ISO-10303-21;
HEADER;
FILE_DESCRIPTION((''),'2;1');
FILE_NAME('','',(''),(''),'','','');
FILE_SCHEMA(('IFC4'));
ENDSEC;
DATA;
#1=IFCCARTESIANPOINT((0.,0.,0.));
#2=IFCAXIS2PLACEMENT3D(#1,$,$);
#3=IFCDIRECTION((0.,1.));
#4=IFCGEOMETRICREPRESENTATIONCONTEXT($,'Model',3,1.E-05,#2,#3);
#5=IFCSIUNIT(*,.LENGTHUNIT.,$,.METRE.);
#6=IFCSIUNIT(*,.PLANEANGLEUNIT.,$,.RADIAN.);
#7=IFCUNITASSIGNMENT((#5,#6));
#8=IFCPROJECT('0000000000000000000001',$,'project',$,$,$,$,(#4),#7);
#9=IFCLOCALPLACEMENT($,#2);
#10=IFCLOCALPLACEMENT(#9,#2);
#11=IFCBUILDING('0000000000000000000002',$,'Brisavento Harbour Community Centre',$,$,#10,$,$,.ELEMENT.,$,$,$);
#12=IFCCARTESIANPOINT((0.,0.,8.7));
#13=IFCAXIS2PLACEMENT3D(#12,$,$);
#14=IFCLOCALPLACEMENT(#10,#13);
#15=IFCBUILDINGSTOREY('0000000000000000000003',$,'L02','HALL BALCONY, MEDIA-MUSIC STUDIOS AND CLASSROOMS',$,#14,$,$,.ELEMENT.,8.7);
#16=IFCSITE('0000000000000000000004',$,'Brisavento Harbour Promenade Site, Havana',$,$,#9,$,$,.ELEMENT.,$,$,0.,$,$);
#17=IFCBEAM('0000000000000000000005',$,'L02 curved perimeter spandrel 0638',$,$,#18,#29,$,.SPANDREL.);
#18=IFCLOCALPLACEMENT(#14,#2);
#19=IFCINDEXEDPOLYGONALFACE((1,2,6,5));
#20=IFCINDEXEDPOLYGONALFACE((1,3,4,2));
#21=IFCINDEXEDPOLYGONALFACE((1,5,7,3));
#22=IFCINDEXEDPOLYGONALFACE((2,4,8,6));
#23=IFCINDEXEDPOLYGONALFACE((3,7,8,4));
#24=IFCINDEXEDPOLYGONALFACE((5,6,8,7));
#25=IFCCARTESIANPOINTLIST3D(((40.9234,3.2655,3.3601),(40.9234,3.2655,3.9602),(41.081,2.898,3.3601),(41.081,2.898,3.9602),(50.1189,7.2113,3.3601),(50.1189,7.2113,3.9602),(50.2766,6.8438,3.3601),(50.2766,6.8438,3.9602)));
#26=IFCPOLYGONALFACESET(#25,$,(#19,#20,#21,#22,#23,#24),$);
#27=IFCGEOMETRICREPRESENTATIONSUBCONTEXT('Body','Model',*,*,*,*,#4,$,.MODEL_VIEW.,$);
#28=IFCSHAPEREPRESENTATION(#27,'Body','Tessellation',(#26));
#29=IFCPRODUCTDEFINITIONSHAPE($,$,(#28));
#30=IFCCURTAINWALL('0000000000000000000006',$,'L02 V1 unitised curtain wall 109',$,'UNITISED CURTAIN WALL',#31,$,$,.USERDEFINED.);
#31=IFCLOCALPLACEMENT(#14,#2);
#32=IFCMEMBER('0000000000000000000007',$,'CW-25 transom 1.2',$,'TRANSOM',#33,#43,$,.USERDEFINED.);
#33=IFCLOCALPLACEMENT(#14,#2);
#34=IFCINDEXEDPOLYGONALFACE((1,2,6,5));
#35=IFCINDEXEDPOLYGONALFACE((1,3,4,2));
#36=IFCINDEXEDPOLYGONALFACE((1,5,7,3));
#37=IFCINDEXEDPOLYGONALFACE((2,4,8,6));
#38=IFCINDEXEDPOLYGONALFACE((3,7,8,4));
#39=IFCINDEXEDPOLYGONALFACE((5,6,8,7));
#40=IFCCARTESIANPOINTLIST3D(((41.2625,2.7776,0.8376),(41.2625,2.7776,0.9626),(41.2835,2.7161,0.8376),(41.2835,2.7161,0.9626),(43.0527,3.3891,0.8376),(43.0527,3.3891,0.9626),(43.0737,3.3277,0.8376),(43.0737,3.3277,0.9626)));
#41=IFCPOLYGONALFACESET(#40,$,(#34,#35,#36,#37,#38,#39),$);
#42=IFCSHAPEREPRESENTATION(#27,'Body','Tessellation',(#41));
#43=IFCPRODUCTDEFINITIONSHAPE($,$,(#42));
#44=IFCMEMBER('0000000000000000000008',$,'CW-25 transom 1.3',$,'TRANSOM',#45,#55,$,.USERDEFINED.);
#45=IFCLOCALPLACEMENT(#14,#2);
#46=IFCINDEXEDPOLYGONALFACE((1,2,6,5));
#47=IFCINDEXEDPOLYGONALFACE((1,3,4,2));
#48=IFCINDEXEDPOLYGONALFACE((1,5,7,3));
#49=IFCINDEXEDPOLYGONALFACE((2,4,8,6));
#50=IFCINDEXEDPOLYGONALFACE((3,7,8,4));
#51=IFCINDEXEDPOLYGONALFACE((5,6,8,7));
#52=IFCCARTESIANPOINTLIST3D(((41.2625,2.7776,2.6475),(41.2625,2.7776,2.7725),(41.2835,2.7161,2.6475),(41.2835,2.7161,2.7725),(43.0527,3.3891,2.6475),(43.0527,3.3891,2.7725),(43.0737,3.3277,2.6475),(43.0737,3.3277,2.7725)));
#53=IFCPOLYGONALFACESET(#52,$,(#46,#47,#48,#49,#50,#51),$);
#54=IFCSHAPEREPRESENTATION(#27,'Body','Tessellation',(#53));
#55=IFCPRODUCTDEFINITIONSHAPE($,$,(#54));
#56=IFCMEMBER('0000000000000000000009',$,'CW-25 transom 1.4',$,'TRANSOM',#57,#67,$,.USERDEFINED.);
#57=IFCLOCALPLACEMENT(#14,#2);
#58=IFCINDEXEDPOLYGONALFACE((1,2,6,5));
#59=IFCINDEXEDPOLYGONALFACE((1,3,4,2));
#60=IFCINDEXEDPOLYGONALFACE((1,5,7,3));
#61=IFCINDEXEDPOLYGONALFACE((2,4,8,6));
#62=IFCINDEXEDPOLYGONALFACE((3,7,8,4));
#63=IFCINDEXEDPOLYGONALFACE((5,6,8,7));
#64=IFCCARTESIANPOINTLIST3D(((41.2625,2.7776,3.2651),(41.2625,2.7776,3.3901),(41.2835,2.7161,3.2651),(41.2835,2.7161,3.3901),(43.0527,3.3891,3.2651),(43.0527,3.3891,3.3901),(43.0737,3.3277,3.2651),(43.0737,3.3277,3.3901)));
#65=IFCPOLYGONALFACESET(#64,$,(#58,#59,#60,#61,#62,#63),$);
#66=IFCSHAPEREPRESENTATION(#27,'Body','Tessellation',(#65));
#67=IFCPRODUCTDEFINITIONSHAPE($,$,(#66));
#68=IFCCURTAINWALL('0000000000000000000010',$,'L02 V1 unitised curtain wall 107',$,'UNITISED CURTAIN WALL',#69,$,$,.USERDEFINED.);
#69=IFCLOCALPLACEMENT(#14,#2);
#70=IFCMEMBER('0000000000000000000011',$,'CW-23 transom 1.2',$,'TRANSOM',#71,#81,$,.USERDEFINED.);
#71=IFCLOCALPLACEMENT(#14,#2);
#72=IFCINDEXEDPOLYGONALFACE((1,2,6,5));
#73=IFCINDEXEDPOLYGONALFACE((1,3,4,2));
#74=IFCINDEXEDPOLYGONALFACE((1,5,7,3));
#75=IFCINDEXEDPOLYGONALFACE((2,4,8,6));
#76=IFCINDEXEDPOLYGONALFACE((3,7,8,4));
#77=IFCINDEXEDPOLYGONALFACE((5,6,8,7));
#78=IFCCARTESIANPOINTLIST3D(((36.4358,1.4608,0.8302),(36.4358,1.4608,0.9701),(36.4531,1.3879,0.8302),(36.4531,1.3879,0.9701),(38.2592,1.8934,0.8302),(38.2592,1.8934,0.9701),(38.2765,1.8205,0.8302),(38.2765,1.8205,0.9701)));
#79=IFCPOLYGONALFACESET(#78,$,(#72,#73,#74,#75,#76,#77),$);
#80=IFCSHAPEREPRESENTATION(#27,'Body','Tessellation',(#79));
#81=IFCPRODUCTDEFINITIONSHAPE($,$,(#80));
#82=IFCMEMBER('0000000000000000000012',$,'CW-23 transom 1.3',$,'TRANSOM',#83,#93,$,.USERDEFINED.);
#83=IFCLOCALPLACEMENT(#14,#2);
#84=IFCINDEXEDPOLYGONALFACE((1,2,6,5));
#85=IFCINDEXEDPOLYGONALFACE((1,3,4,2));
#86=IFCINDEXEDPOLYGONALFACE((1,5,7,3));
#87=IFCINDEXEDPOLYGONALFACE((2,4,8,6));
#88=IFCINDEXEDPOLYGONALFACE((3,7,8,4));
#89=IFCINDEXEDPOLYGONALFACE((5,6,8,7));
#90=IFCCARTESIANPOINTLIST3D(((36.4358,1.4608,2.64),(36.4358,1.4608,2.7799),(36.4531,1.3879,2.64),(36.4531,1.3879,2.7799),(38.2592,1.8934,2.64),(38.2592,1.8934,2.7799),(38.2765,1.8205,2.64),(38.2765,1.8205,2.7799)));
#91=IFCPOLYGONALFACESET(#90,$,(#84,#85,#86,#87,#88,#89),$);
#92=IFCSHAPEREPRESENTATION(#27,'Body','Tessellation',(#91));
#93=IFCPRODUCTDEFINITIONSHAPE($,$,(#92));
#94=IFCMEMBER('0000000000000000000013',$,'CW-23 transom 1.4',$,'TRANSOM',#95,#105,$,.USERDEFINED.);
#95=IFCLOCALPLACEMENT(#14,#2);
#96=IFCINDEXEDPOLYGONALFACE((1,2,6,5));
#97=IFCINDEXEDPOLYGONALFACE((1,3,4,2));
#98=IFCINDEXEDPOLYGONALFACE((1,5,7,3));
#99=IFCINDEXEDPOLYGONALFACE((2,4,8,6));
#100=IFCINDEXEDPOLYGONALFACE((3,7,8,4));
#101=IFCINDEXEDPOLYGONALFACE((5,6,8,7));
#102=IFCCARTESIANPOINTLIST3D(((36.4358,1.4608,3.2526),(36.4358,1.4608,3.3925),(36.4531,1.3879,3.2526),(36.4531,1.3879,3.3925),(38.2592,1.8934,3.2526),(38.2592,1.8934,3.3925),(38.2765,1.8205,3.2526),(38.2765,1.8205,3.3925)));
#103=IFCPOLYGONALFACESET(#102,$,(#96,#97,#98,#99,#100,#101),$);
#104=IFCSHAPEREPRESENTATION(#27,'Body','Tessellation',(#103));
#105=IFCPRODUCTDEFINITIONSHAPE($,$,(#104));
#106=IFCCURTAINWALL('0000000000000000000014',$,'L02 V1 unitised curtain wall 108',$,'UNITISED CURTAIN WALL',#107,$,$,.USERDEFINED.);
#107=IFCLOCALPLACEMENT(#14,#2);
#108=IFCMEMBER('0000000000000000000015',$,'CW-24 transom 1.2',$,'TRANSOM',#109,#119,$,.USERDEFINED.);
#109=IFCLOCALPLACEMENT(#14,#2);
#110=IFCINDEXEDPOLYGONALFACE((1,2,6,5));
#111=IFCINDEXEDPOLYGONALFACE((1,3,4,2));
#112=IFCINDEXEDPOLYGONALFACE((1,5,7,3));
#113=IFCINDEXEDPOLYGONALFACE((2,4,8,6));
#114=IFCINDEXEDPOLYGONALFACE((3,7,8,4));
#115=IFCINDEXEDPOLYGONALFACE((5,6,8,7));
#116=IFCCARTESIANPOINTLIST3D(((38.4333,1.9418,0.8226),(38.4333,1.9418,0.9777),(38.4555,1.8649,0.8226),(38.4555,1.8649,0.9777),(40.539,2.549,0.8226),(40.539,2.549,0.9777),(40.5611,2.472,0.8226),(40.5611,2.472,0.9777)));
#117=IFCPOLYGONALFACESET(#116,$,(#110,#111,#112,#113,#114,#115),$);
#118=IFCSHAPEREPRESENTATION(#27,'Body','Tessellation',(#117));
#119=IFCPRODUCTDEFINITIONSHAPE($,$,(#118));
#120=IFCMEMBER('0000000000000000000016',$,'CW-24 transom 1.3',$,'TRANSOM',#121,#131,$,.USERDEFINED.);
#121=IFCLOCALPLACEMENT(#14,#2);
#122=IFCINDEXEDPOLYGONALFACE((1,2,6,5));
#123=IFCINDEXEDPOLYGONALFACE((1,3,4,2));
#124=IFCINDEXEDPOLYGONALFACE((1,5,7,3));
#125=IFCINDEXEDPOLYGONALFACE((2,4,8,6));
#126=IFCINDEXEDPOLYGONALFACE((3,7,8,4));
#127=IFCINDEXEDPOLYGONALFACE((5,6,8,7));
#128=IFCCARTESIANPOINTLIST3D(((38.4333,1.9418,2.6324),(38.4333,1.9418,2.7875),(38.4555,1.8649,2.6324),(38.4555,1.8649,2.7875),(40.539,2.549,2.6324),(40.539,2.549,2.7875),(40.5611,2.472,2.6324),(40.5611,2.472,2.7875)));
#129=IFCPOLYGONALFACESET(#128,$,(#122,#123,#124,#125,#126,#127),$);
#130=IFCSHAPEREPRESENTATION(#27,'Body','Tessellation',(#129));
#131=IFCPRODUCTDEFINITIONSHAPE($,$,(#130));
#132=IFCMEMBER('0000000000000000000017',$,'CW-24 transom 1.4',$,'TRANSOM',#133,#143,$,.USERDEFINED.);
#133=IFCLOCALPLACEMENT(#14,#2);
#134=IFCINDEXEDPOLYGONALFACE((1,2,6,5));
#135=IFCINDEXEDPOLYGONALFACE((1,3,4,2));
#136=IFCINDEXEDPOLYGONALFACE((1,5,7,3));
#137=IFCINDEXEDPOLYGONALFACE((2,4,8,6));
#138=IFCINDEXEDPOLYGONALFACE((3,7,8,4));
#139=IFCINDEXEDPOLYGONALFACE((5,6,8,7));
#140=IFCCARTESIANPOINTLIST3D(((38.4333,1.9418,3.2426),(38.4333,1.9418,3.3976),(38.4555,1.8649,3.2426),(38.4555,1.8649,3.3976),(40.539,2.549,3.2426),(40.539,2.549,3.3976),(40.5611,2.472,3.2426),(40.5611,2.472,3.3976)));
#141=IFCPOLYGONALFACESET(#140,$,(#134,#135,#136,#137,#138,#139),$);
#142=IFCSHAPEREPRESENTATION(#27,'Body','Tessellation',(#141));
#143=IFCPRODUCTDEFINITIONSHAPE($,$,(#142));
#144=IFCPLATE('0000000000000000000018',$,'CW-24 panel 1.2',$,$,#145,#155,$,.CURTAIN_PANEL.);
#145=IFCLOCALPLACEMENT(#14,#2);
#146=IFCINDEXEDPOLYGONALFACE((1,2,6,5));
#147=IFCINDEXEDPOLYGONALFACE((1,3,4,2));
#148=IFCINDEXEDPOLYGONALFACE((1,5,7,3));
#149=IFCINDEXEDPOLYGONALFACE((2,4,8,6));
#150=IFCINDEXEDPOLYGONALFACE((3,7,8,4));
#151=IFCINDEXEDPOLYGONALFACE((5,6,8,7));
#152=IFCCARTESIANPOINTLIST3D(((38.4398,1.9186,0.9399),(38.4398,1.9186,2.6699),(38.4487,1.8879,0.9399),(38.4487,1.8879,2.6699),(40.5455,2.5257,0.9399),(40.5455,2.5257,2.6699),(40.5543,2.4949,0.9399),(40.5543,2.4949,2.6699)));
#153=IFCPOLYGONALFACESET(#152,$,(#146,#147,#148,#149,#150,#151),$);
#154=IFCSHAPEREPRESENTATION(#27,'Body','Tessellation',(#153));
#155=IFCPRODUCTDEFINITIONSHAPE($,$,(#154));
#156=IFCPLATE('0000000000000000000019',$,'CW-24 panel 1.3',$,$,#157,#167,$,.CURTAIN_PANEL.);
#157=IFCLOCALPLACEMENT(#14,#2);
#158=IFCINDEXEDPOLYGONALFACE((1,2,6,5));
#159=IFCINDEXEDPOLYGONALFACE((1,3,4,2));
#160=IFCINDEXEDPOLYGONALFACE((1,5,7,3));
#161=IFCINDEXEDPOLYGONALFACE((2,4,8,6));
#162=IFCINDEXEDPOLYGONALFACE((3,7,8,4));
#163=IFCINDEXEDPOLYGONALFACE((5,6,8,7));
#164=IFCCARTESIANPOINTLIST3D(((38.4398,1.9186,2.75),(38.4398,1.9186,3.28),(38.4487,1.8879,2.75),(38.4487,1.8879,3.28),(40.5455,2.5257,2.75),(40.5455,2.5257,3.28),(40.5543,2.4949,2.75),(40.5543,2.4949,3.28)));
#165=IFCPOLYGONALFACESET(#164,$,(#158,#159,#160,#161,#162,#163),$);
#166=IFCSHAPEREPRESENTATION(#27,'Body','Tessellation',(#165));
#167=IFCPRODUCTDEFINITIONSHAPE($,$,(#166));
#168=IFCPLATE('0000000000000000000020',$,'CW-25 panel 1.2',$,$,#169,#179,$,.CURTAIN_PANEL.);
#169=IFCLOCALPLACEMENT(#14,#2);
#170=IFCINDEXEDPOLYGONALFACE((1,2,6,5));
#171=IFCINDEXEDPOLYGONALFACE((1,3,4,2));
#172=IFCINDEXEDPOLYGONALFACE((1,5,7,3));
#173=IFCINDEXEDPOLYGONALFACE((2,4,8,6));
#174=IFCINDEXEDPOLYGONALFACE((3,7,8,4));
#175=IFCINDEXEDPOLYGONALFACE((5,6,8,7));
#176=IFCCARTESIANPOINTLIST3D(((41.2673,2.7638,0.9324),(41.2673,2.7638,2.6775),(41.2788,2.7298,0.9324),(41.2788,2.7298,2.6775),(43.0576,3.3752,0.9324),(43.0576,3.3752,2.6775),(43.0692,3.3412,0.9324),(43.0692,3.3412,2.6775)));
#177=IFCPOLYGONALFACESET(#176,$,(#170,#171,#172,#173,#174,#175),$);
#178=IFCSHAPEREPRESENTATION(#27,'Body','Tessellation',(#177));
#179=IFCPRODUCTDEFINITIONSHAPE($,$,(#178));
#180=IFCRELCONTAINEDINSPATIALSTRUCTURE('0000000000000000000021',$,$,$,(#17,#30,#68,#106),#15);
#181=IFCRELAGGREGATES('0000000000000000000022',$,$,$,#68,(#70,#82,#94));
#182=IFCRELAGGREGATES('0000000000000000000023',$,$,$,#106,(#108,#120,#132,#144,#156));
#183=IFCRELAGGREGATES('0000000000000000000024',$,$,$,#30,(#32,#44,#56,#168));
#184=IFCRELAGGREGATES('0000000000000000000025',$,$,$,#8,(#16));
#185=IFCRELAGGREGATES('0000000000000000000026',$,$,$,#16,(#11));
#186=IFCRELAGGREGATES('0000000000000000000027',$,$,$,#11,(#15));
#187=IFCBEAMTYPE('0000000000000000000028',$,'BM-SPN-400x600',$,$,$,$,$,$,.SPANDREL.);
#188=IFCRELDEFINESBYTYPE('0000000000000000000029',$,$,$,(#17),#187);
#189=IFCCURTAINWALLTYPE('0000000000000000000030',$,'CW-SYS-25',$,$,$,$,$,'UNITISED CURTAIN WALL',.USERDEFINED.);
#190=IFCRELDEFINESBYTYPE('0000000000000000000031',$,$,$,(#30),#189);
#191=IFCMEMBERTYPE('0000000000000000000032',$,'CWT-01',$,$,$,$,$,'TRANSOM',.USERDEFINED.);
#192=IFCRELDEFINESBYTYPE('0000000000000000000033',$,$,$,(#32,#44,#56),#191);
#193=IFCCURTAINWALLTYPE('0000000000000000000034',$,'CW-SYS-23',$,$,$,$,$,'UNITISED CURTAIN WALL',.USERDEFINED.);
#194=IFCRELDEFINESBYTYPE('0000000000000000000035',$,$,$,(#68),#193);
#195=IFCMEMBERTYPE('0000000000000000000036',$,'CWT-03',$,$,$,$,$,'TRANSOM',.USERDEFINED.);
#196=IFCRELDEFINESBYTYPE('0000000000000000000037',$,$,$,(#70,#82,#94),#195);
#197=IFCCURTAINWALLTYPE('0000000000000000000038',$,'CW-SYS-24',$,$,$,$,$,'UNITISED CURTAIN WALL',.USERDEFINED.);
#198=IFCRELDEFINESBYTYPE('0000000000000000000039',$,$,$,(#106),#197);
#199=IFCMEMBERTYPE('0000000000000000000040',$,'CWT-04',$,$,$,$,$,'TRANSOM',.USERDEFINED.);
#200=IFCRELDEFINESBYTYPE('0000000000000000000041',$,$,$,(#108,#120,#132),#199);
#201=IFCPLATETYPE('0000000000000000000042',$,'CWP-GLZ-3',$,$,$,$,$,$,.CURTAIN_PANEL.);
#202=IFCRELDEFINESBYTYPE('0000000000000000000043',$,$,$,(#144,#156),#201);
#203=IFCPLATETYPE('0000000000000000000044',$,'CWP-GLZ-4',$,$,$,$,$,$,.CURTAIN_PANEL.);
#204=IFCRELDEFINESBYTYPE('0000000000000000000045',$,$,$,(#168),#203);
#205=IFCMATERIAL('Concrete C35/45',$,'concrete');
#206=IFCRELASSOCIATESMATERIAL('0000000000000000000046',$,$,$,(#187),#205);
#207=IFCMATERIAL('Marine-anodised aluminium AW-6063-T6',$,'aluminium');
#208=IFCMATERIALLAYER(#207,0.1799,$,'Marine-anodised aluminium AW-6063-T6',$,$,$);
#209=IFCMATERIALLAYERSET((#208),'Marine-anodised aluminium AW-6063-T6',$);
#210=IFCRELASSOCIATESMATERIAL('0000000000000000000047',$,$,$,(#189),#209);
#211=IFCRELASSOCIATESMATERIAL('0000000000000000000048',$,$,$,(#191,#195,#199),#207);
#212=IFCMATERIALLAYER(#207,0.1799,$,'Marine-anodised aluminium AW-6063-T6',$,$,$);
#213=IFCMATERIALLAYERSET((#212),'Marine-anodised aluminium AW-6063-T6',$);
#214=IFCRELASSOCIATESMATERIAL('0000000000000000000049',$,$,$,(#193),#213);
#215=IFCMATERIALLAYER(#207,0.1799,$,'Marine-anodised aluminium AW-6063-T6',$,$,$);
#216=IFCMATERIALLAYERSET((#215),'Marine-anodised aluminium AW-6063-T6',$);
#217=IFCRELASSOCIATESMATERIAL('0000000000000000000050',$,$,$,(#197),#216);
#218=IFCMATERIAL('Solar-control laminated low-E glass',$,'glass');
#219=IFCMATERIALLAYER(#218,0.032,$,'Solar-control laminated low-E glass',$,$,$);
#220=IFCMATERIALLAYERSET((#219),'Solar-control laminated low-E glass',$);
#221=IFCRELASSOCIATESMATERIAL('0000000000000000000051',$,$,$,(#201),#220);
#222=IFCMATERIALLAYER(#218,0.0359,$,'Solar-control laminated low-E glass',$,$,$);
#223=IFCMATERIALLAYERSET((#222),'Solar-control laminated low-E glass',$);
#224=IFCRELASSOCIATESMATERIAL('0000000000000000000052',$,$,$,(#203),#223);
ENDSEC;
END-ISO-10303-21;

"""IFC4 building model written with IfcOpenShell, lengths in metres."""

from ifc_helpers import new_model, si_unit, direction, frame, origin, origin_2d, place, context, subcontext, project, spatial, rectangle, extrude, material, layer, layer_set, material_profile, profile_set, type_object, element, aggregate, save


model = new_model("IFC4")

# Units and contexts
model_context = context("Model", 3, precision=1e-05, world=origin(), true_north=direction((0.0, 1.0)))
body_context = subcontext(model_context, "Body", "Model", "MODEL_VIEW")
ifc_project = project(units=[si_unit("LENGTHUNIT", "METRE"), si_unit("PLANEANGLEUNIT", "RADIAN")], contexts=[model_context])

# Site, building, storey
site_placement = place(None, origin())
site = spatial("IfcSite", under=ifc_project, at=site_placement, Name="Brisavento Harbour Promenade Site, Havana", CompositionType="ELEMENT", RefElevation=0.0)
building_placement = place(site_placement, origin())
building = spatial("IfcBuilding", under=site, at=building_placement, Name="Brisavento Harbour Community Centre", CompositionType="ELEMENT")
storey_placement = place(building_placement, frame((0.0, 0.0, 8.7)))
storey = spatial("IfcBuildingStorey", under=building, at=storey_placement, Name="L02", Description="HALL BALCONY, MEDIA-MUSIC STUDIOS AND CLASSROOMS", CompositionType="ELEMENT", Elevation=8.7)

# Beam
ifc_material_1 = material(Name="Concrete C35/45", Category="concrete")
ifc_material_profile_1 = material_profile(ifc_material_1, rectangle(XDim=0.3999, YDim=0.6001, at=origin_2d()), Name="Concrete C35/45")
ifc_profile_set_1 = profile_set([ifc_material_profile_1], Name="Concrete C35/45")
beam_type = type_object("IfcBeamType", Name="BM-SPN-400x600", PredefinedType="SPANDREL", material=ifc_profile_set_1)
beam_placement = place(storey_placement, frame((41.0022, 3.0818, 3.6602), z_axis=(0.91897, 0.394329, 0.0), x_axis=(-0.394329, 0.91897, 0.0)))
element("IfcBeam", 1, at=beam_placement, inside=storey, type_object=beam_type, Name="L02 curved perimeter spandrel 0638", PredefinedType="SPANDREL", context=body_context, shape_type="SweptSolid", body=[
    extrude(rectangle(XDim=0.3999, YDim=0.6001, at=origin_2d()), origin(), (0.0, 0.0, 1.0), 10.0063),
])

# Curtain walls, members
ifc_material_2 = material(Name="Marine-anodised aluminium AW-6063-T6", Category="aluminium")
ifc_layer_1 = layer(ifc_material_2, 0.1799, Name="Marine-anodised aluminium AW-6063-T6")
ifc_layer_set_1 = layer_set([ifc_layer_1], Name="Marine-anodised aluminium AW-6063-T6")
curtain_wall_type_1 = type_object("IfcCurtainWallType", Name="CW-SYS-25", ElementType="UNITISED CURTAIN WALL", PredefinedType="USERDEFINED", material=ifc_layer_set_1)
curtain_wall_1_placement = place(storey_placement, origin())
curtain_wall_1 = element("IfcCurtainWall", 2, at=curtain_wall_1_placement, inside=storey, type_object=curtain_wall_type_1, Name="L02 V1 unitised curtain wall 109", ObjectType="UNITISED CURTAIN WALL", PredefinedType="USERDEFINED")
ifc_material_profile_2 = material_profile(ifc_material_2, rectangle(XDim=0.0649, YDim=0.125, at=origin_2d()), Name="Marine-anodised aluminium AW-6063-T6")
ifc_profile_set_2 = profile_set([ifc_material_profile_2], Name="Marine-anodised aluminium AW-6063-T6")
member_type_1 = type_object("IfcMemberType", Name="CWT-01", ElementType="TRANSOM", PredefinedType="USERDEFINED", material=ifc_profile_set_2)
member_1_placement = place(storey_placement, frame((43.0632, 3.3584, 0.9001), z_axis=(-0.946308, -0.323265, 0.0), x_axis=(0.323265, -0.946308, 0.0)))
member_1 = element("IfcMember", 3, at=member_1_placement, type_object=member_type_1, Name="CW-25 transom 1.2", ObjectType="TRANSOM", PredefinedType="USERDEFINED", context=body_context, shape_type="SweptSolid", body=[
    extrude(rectangle(XDim=0.0649, YDim=0.125, at=origin_2d()), origin(), (0.0, 0.0, 1.0), 1.8918),
])
member_2_placement = place(storey_placement, frame((43.0632, 3.3584, 2.71), z_axis=(-0.946308, -0.323265, 0.0), x_axis=(0.323265, -0.946308, 0.0)))
member_2 = element("IfcMember", 4, at=member_2_placement, type_object=member_type_1, Name="CW-25 transom 1.3", ObjectType="TRANSOM", PredefinedType="USERDEFINED", context=body_context, shape_type="SweptSolid", body=[
    extrude(rectangle(XDim=0.0649, YDim=0.125, at=origin_2d()), origin(), (0.0, 0.0, 1.0), 1.8918),
])
member_3_placement = place(storey_placement, frame((43.0632, 3.3584, 3.3276), z_axis=(-0.946308, -0.323265, 0.0), x_axis=(0.323265, -0.946308, 0.0)))
member_3 = element("IfcMember", 5, at=member_3_placement, type_object=member_type_1, Name="CW-25 transom 1.4", ObjectType="TRANSOM", PredefinedType="USERDEFINED", context=body_context, shape_type="SweptSolid", body=[
    extrude(rectangle(XDim=0.0649, YDim=0.125, at=origin_2d()), origin(), (0.0, 0.0, 1.0), 1.8918),
])
ifc_layer_2 = layer(ifc_material_2, 0.1799, Name="Marine-anodised aluminium AW-6063-T6")
ifc_layer_set_2 = layer_set([ifc_layer_2], Name="Marine-anodised aluminium AW-6063-T6")
curtain_wall_type_2 = type_object("IfcCurtainWallType", Name="CW-SYS-23", ElementType="UNITISED CURTAIN WALL", PredefinedType="USERDEFINED", material=ifc_layer_set_2)
curtain_wall_2_placement = place(storey_placement, origin())
curtain_wall_2 = element("IfcCurtainWall", 6, at=curtain_wall_2_placement, inside=storey, type_object=curtain_wall_type_2, Name="L02 V1 unitised curtain wall 107", ObjectType="UNITISED CURTAIN WALL", PredefinedType="USERDEFINED")
ifc_material_profile_3 = material_profile(ifc_material_2, rectangle(XDim=0.075, YDim=0.1399, at=origin_2d()), Name="Marine-anodised aluminium AW-6063-T6")
ifc_profile_set_3 = profile_set([ifc_material_profile_3], Name="Marine-anodised aluminium AW-6063-T6")
member_type_2 = type_object("IfcMemberType", Name="CWT-03", ElementType="TRANSOM", PredefinedType="USERDEFINED", material=ifc_profile_set_3)
member_4_placement = place(storey_placement, frame((38.2678, 1.8569, 0.9001), z_axis=(-0.972992, -0.23084, 0.0), x_axis=(0.23084, -0.972992, 0.0)))
member_4 = element("IfcMember", 7, at=member_4_placement, type_object=member_type_2, Name="CW-23 transom 1.2", ObjectType="TRANSOM", PredefinedType="USERDEFINED", context=body_context, shape_type="SweptSolid", body=[
    extrude(rectangle(XDim=0.075, YDim=0.1399, at=origin_2d()), origin(), (0.0, 0.0, 1.0), 1.874),
])
member_5_placement = place(storey_placement, frame((38.2678, 1.8569, 2.71), z_axis=(-0.972992, -0.23084, 0.0), x_axis=(0.23084, -0.972992, 0.0)))
member_5 = element("IfcMember", 8, at=member_5_placement, type_object=member_type_2, Name="CW-23 transom 1.3", ObjectType="TRANSOM", PredefinedType="USERDEFINED", context=body_context, shape_type="SweptSolid", body=[
    extrude(rectangle(XDim=0.075, YDim=0.1399, at=origin_2d()), origin(), (0.0, 0.0, 1.0), 1.874),
])
member_6_placement = place(storey_placement, frame((38.2678, 1.8569, 3.3225), z_axis=(-0.972992, -0.23084, 0.0), x_axis=(0.23084, -0.972992, 0.0)))
member_6 = element("IfcMember", 9, at=member_6_placement, type_object=member_type_2, Name="CW-23 transom 1.4", ObjectType="TRANSOM", PredefinedType="USERDEFINED", context=body_context, shape_type="SweptSolid", body=[
    extrude(rectangle(XDim=0.075, YDim=0.1399, at=origin_2d()), origin(), (0.0, 0.0, 1.0), 1.874),
])
aggregate(curtain_wall_2, [member_4, member_5, member_6])

# Curtain wall, members, plates
ifc_layer_3 = layer(ifc_material_2, 0.1799, Name="Marine-anodised aluminium AW-6063-T6")
ifc_layer_set_3 = layer_set([ifc_layer_3], Name="Marine-anodised aluminium AW-6063-T6")
curtain_wall_type_3 = type_object("IfcCurtainWallType", Name="CW-SYS-24", ElementType="UNITISED CURTAIN WALL", PredefinedType="USERDEFINED", material=ifc_layer_set_3)
curtain_wall_3_placement = place(storey_placement, origin())
curtain_wall_3 = element("IfcCurtainWall", 10, at=curtain_wall_3_placement, inside=storey, type_object=curtain_wall_type_3, Name="L02 V1 unitised curtain wall 108", ObjectType="UNITISED CURTAIN WALL", PredefinedType="USERDEFINED")
ifc_material_profile_4 = material_profile(ifc_material_2, rectangle(XDim=0.0801, YDim=0.155, at=origin_2d()), Name="Marine-anodised aluminium AW-6063-T6")
ifc_profile_set_4 = profile_set([ifc_material_profile_4], Name="Marine-anodised aluminium AW-6063-T6")
member_type_3 = type_object("IfcMemberType", Name="CWT-04", ElementType="TRANSOM", PredefinedType="USERDEFINED", material=ifc_profile_set_4)
member_7_placement = place(storey_placement, frame((40.55, 2.5105, 0.9001), z_axis=(-0.960853, -0.27706, 0.0), x_axis=(0.27706, -0.960853, 0.0)))
member_7 = element("IfcMember", 11, at=member_7_placement, type_object=member_type_3, Name="CW-24 transom 1.2", ObjectType="TRANSOM", PredefinedType="USERDEFINED", context=body_context, shape_type="SweptSolid", body=[
    extrude(rectangle(XDim=0.0801, YDim=0.155, at=origin_2d()), origin(), (0.0, 0.0, 1.0), 2.1914),
])
member_8_placement = place(storey_placement, frame((40.55, 2.5105, 2.71), z_axis=(-0.960853, -0.27706, 0.0), x_axis=(0.27706, -0.960853, 0.0)))
member_8 = element("IfcMember", 12, at=member_8_placement, type_object=member_type_3, Name="CW-24 transom 1.3", ObjectType="TRANSOM", PredefinedType="USERDEFINED", context=body_context, shape_type="SweptSolid", body=[
    extrude(rectangle(XDim=0.0801, YDim=0.155, at=origin_2d()), origin(), (0.0, 0.0, 1.0), 2.1914),
])
member_9_placement = place(storey_placement, frame((40.55, 2.5105, 3.3201), z_axis=(-0.960853, -0.27706, 0.0), x_axis=(0.27706, -0.960853, 0.0)))
member_9 = element("IfcMember", 13, at=member_9_placement, type_object=member_type_3, Name="CW-24 transom 1.4", ObjectType="TRANSOM", PredefinedType="USERDEFINED", context=body_context, shape_type="SweptSolid", body=[
    extrude(rectangle(XDim=0.0801, YDim=0.155, at=origin_2d()), origin(), (0.0, 0.0, 1.0), 2.1914),
])
ifc_material_3 = material(Name="Solar-control laminated low-E glass", Category="glass")
ifc_layer_4 = layer(ifc_material_3, 0.032, Name="Solar-control laminated low-E glass")
ifc_layer_set_4 = layer_set([ifc_layer_4], Name="Solar-control laminated low-E glass")
plate_type_1 = type_object("IfcPlateType", Name="CWP-GLZ-3", PredefinedType="CURTAIN_PANEL", material=ifc_layer_set_4)
plate_1_placement = place(storey_placement, frame((39.4971, 2.2068, 0.9399), z_axis=(0.0, 0.0, 1.0), x_axis=(-0.960866, -0.277012, 0.0)))
plate_1 = element("IfcPlate", 14, at=plate_1_placement, type_object=plate_type_1, Name="CW-24 panel 1.2", PredefinedType="CURTAIN_PANEL", context=body_context, shape_type="SweptSolid", body=[
    extrude(rectangle(XDim=2.1914, YDim=0.032, at=origin_2d()), origin(), (0.0, 0.0, 1.0), 1.73),
])
plate_2_placement = place(storey_placement, frame((39.4971, 2.2068, 2.75), z_axis=(0.0, 0.0, 1.0), x_axis=(-0.960866, -0.277012, 0.0)))
plate_2 = element("IfcPlate", 15, at=plate_2_placement, type_object=plate_type_1, Name="CW-24 panel 1.3", PredefinedType="CURTAIN_PANEL", context=body_context, shape_type="SweptSolid", body=[
    extrude(rectangle(XDim=2.1914, YDim=0.032, at=origin_2d()), origin(), (0.0, 0.0, 1.0), 0.53),
])
aggregate(curtain_wall_3, [member_7, member_8, member_9, plate_1, plate_2])

# Plate
ifc_layer_5 = layer(ifc_material_3, 0.0359, Name="Solar-control laminated low-E glass")
ifc_layer_set_5 = layer_set([ifc_layer_5], Name="Solar-control laminated low-E glass")
plate_type_2 = type_object("IfcPlateType", Name="CWP-GLZ-4", PredefinedType="CURTAIN_PANEL", material=ifc_layer_set_5)
plate_3_placement = place(storey_placement, frame((42.1682, 3.0525, 0.9324), z_axis=(0.0, 0.0, 1.0), x_axis=(-0.946338, -0.323178, 0.0)))
plate_3 = element("IfcPlate", 16, at=plate_3_placement, type_object=plate_type_2, Name="CW-25 panel 1.2", PredefinedType="CURTAIN_PANEL", context=body_context, shape_type="SweptSolid", body=[
    extrude(rectangle(XDim=1.8918, YDim=0.0359, at=origin_2d()), origin(), (0.0, 0.0, 1.0), 1.7451),
])
aggregate(curtain_wall_1, [member_1, member_2, member_3, plate_3])

save(model, "model.ifc")
